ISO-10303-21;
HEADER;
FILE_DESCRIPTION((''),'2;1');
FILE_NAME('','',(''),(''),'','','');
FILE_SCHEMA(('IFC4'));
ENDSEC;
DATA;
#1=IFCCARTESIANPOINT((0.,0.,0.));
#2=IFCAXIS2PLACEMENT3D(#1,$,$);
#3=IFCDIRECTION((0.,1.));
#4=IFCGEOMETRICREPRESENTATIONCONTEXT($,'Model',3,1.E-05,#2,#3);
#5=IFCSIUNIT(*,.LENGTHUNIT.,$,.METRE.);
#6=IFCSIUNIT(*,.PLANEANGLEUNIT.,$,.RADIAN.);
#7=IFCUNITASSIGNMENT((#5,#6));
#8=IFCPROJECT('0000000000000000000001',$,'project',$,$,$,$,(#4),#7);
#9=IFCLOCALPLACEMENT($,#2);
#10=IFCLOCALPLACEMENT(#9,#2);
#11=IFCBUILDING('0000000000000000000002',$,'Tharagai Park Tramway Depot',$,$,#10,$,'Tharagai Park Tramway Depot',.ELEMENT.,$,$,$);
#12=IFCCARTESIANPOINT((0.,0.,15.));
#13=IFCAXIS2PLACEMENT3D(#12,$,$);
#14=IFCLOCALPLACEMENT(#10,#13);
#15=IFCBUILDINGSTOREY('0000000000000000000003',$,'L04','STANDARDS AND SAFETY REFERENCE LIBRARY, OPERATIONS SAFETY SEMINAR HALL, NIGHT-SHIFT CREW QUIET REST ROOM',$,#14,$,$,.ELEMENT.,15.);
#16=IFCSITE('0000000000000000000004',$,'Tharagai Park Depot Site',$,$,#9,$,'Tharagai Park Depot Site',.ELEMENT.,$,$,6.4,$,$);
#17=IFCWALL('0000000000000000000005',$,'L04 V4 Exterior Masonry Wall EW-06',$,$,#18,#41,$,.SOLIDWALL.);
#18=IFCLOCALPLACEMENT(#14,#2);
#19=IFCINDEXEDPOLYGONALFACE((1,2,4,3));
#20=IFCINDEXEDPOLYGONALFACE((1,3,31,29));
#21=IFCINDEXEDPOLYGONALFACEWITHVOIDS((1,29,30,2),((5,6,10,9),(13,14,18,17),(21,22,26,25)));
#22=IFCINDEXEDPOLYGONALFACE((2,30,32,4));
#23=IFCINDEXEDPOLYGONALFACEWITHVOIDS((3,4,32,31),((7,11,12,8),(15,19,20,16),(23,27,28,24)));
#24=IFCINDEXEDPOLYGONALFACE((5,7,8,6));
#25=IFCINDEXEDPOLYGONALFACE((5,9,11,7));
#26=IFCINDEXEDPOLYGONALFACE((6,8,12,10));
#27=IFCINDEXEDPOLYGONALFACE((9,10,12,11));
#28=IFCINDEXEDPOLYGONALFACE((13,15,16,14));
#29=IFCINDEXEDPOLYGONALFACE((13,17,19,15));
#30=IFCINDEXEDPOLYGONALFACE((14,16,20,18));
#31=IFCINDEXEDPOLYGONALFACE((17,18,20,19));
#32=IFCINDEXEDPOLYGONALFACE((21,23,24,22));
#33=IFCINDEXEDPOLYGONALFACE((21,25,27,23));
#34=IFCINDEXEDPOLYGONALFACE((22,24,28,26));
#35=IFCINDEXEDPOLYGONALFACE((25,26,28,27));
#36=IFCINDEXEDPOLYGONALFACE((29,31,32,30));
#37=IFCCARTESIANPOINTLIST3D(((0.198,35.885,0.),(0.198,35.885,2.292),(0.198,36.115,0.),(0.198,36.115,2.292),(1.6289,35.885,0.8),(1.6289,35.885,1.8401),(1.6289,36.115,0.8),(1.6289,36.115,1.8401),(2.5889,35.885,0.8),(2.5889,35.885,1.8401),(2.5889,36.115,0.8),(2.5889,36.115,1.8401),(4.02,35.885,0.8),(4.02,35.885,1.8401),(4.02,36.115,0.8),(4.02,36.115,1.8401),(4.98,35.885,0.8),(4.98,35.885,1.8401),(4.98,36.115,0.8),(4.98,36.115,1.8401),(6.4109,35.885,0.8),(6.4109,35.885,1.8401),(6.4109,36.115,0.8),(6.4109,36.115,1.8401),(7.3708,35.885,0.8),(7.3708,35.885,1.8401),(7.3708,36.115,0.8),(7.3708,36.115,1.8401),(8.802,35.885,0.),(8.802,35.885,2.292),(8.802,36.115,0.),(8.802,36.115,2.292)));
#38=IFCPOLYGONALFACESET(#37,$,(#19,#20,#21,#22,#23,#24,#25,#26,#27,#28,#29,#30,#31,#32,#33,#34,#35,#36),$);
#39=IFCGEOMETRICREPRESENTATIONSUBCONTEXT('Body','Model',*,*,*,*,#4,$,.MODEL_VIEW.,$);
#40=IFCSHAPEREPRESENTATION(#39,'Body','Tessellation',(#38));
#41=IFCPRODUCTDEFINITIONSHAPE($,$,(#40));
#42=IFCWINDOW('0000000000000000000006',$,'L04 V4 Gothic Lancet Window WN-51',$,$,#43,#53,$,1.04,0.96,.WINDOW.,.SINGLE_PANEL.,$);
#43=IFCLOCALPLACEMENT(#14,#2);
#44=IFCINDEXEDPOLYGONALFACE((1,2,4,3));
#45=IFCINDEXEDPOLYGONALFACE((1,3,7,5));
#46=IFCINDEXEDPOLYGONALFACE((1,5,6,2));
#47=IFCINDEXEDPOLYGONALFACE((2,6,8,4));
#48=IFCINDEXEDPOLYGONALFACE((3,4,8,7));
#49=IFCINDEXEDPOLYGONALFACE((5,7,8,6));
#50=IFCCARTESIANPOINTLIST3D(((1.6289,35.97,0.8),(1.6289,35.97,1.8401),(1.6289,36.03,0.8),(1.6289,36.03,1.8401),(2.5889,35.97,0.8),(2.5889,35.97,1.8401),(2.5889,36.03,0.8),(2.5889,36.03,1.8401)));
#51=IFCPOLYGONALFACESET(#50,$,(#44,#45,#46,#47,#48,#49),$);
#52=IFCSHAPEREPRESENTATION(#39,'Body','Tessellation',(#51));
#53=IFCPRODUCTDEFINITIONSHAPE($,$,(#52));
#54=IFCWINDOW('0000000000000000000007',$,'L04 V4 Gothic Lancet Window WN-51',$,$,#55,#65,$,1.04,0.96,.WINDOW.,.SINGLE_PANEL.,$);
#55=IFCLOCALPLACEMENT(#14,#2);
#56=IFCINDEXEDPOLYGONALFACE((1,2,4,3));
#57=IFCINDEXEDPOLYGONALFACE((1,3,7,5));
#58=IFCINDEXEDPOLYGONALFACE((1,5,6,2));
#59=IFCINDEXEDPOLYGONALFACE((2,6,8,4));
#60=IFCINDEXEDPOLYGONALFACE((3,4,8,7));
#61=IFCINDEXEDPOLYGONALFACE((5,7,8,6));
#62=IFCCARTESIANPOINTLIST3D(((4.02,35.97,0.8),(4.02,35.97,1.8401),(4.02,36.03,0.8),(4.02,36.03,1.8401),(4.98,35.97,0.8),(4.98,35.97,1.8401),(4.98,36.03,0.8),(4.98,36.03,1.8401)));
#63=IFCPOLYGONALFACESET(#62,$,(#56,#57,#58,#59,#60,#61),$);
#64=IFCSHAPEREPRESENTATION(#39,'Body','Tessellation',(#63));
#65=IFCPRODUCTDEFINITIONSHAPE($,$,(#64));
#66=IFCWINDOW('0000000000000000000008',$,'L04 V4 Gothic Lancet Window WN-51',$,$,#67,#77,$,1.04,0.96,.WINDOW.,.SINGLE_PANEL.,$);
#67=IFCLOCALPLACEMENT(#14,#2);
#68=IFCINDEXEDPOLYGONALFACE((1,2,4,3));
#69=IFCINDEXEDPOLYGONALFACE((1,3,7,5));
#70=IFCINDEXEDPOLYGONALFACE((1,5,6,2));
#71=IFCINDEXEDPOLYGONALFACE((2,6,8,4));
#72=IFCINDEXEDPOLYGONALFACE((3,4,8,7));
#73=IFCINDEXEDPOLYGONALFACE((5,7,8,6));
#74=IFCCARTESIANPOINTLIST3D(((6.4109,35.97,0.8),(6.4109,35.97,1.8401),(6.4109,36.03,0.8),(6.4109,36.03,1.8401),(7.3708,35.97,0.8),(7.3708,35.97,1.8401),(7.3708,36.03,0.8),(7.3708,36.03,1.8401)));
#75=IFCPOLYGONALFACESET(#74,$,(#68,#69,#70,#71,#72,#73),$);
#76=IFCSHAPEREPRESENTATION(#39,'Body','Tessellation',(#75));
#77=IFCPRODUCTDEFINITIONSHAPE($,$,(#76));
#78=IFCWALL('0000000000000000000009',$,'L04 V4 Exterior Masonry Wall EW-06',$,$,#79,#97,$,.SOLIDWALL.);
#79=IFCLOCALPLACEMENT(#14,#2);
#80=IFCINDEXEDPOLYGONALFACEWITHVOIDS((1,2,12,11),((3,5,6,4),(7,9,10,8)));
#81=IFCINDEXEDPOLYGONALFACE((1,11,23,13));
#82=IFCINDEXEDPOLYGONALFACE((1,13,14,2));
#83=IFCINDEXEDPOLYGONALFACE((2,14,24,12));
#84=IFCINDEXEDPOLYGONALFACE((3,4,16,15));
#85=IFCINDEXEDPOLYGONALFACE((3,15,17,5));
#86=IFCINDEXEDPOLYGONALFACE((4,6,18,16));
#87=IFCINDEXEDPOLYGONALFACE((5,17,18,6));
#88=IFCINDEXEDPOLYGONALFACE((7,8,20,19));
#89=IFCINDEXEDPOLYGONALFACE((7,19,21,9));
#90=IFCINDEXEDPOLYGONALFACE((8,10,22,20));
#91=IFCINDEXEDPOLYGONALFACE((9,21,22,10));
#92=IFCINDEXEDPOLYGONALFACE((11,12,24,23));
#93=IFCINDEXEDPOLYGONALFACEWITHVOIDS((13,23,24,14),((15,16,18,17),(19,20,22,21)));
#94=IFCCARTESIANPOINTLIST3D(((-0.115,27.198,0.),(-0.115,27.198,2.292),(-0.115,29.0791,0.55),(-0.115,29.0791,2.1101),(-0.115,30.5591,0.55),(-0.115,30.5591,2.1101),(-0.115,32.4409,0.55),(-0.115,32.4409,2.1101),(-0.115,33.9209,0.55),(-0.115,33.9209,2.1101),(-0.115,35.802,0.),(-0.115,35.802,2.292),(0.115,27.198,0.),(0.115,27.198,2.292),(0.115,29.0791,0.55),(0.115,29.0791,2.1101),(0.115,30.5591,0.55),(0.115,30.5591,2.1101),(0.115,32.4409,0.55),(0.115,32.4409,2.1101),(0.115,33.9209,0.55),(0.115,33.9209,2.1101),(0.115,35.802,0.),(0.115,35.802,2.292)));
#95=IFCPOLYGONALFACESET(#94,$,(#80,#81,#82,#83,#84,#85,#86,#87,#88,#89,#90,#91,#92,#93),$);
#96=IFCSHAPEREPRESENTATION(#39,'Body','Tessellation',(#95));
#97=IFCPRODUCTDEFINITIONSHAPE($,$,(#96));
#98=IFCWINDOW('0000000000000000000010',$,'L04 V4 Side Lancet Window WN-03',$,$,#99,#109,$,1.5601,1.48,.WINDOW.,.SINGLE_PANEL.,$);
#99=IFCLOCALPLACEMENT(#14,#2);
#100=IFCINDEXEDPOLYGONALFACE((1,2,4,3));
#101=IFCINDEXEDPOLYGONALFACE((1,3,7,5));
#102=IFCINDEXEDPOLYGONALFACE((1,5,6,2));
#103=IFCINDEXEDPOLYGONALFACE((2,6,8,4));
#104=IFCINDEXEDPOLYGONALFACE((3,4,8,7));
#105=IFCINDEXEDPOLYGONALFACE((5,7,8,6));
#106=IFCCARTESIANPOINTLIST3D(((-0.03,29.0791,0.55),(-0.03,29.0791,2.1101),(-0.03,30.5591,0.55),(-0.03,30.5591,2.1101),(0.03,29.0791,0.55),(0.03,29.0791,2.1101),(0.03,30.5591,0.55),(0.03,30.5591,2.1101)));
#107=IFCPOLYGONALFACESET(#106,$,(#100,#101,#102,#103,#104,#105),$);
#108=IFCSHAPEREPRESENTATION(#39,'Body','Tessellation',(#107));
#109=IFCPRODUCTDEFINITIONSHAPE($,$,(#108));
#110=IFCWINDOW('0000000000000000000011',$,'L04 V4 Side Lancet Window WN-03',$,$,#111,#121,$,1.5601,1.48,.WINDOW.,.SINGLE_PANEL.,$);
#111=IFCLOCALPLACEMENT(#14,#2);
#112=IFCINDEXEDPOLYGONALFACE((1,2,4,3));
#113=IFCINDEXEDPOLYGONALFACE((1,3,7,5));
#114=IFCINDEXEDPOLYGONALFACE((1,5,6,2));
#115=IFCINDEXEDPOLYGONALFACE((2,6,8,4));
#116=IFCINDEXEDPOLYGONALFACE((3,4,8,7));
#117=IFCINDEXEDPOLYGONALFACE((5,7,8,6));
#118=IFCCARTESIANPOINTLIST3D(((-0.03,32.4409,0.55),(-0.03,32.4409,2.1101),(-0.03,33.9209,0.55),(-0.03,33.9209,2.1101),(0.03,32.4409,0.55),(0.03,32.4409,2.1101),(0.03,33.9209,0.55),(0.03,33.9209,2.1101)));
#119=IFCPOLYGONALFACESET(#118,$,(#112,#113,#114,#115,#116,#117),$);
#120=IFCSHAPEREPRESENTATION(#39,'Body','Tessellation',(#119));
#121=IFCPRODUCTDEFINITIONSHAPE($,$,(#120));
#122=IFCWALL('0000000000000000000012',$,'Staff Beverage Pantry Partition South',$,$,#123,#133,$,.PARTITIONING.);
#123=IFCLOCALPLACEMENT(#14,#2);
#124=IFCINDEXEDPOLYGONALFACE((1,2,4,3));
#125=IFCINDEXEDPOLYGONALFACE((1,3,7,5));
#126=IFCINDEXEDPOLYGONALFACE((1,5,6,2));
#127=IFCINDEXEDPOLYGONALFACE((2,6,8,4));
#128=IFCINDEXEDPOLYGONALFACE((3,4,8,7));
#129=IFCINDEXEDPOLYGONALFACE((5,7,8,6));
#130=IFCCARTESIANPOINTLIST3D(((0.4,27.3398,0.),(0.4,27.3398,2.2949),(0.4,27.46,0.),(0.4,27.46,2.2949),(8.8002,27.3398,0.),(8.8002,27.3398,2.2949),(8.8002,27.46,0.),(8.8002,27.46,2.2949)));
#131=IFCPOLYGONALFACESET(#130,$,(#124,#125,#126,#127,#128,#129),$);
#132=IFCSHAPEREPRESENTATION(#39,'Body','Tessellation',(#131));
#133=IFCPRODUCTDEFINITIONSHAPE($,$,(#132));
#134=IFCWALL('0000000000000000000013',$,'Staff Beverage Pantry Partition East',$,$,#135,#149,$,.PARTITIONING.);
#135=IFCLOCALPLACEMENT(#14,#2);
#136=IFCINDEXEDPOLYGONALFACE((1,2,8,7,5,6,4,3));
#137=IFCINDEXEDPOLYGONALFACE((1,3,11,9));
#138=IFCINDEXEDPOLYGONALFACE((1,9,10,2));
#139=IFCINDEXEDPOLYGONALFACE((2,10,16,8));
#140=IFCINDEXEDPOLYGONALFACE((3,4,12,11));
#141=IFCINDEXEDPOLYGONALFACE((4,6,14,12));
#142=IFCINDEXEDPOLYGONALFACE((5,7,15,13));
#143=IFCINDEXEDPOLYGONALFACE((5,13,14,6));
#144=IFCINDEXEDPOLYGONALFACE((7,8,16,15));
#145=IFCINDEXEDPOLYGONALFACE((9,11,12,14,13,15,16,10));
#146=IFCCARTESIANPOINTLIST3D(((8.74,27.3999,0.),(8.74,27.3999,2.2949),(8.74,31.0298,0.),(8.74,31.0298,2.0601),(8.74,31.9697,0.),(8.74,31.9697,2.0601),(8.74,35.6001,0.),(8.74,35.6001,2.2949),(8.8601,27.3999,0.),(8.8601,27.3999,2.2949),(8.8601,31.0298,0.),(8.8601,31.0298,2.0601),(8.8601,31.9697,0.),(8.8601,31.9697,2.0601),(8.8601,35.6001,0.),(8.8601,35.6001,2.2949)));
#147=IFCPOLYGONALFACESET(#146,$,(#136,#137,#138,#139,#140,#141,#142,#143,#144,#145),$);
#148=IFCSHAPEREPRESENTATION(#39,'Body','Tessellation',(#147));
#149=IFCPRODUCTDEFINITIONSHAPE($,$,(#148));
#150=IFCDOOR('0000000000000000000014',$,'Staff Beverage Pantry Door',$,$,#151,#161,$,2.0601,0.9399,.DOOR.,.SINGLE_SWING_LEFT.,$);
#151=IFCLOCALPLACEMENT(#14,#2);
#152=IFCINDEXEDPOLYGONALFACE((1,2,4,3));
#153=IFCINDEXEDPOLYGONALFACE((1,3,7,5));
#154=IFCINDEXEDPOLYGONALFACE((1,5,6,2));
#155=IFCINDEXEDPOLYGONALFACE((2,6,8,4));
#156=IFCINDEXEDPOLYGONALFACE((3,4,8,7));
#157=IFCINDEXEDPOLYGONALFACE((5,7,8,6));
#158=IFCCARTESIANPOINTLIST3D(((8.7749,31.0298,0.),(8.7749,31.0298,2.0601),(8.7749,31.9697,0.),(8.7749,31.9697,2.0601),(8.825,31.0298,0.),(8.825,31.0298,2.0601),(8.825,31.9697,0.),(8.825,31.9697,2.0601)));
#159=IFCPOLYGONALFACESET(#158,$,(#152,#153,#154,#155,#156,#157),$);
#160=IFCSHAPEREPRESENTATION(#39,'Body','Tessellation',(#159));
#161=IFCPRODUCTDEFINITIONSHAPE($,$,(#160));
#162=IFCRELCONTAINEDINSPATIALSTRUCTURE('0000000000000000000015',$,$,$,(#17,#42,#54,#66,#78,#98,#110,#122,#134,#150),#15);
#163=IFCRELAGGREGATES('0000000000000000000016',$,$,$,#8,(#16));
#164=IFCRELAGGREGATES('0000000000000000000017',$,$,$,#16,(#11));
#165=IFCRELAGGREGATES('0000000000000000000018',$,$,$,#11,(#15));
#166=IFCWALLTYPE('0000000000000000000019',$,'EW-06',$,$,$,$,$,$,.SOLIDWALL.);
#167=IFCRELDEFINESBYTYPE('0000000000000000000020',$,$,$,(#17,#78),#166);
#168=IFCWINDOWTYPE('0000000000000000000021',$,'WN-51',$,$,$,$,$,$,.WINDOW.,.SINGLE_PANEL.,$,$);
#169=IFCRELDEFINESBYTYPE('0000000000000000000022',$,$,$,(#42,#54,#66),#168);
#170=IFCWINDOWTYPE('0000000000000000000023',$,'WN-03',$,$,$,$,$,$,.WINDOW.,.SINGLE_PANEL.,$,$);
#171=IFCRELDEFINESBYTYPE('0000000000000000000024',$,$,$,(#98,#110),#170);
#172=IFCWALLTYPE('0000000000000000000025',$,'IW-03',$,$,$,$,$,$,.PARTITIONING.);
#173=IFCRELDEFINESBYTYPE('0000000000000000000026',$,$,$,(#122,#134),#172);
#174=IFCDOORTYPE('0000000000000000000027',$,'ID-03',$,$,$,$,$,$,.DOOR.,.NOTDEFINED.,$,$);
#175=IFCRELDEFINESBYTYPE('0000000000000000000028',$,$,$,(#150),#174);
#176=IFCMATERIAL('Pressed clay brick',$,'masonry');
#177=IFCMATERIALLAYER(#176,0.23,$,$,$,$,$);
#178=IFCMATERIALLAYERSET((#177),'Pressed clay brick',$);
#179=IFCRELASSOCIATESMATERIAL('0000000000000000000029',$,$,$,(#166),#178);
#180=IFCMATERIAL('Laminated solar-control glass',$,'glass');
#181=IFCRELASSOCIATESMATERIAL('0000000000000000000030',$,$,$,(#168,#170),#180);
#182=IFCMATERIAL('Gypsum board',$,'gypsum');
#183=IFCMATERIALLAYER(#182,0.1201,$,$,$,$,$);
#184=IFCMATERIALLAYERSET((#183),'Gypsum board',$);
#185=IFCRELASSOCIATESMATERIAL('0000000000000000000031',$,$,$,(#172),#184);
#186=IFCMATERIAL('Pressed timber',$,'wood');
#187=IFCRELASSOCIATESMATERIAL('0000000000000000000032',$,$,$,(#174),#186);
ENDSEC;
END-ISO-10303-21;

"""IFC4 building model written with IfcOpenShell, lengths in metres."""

from ifc_helpers import new_model, si_unit, direction, frame, frame_2d, origin, place, context, subcontext, project, spatial, rectangle, extrude, material, layer, layer_set, type_object, element, fill, save


model = new_model("IFC4")

# Units and contexts
model_context = context("Model", 3, precision=1e-05, world=origin(), true_north=direction((0.0, 1.0)))
body_context = subcontext(model_context, "Body", "Model", "MODEL_VIEW")
ifc_project = project(units=[si_unit("LENGTHUNIT", "METRE"), si_unit("PLANEANGLEUNIT", "RADIAN")], contexts=[model_context])

# Site, building, storey
site_placement = place(None, origin())
site = spatial("IfcSite", under=ifc_project, at=site_placement, Name="Tharagai Park Depot Site", LongName="Tharagai Park Depot Site", CompositionType="ELEMENT", RefElevation=6.4)
building_placement = place(site_placement, origin())
building = spatial("IfcBuilding", under=site, at=building_placement, Name="Tharagai Park Tramway Depot", LongName="Tharagai Park Tramway Depot", CompositionType="ELEMENT")
storey_placement = place(building_placement, frame((0.0, 0.0, 15.0)))
storey = spatial("IfcBuildingStorey", under=building, at=storey_placement, Name="L04", Description="STANDARDS AND SAFETY REFERENCE LIBRARY, OPERATIONS SAFETY SEMINAR HALL, NIGHT-SHIFT CREW QUIET REST ROOM", CompositionType="ELEMENT", Elevation=15.0)

# Walls, openings, windows
ifc_material_1 = material(Name="Pressed clay brick", Category="masonry")
ifc_layer_1 = layer(ifc_material_1, 0.23)
ifc_layer_set_1 = layer_set([ifc_layer_1], Name="Pressed clay brick")
wall_type_1 = type_object("IfcWallType", Name="EW-06", PredefinedType="SOLIDWALL", material=ifc_layer_set_1)
wall_1_placement = place(storey_placement, frame((0.198, 36.0, 0.0), z_axis=(0.0, 0.0, 1.0), x_axis=(1.0, 0.0, 0.0)))
wall_1 = element("IfcWall", 1, at=wall_1_placement, inside=storey, type_object=wall_type_1, Name="L04 V4 Exterior Masonry Wall EW-06", PredefinedType="SOLIDWALL", context=body_context, shape_type="SweptSolid", body=[
    extrude(rectangle(XDim=8.604, YDim=0.23, at=frame_2d((4.302, 0.0))), origin(), (0.0, 0.0, 1.0), 2.292),
])
opening_1_placement = place(wall_1_placement, frame((1.4309, 0.0, 0.8)))
opening_1 = element("IfcOpeningElement", 2, at=opening_1_placement, cuts=wall_1, PredefinedType="OPENING", context=body_context, shape_type="SweptSolid", body=[
    extrude(rectangle(XDim=0.96, YDim=1.04, at=frame_2d((0.48, 0.52))), frame((0.0, 0.125, 0.0), z_axis=(0.0, -1.0, 0.0), x_axis=(1.0, 0.0, 0.0)), (0.0, 0.0, 1.0), 0.25),
])
opening_2_placement = place(wall_1_placement, frame((3.822, 0.0, 0.8)))
opening_2 = element("IfcOpeningElement", 3, at=opening_2_placement, cuts=wall_1, PredefinedType="OPENING", context=body_context, shape_type="SweptSolid", body=[
    extrude(rectangle(XDim=0.96, YDim=1.04, at=frame_2d((0.48, 0.52))), frame((0.0, 0.125, 0.0), z_axis=(0.0, -1.0, 0.0), x_axis=(1.0, 0.0, 0.0)), (0.0, 0.0, 1.0), 0.25),
])
opening_3_placement = place(wall_1_placement, frame((6.2129, 0.0, 0.8)))
opening_3 = element("IfcOpeningElement", 4, at=opening_3_placement, cuts=wall_1, PredefinedType="OPENING", context=body_context, shape_type="SweptSolid", body=[
    extrude(rectangle(XDim=0.96, YDim=1.04, at=frame_2d((0.48, 0.52))), frame((0.0, 0.125, 0.0), z_axis=(0.0, -1.0, 0.0), x_axis=(1.0, 0.0, 0.0)), (0.0, 0.0, 1.0), 0.25),
])
ifc_material_2 = material(Name="Laminated solar-control glass", Category="glass")
window_type_1 = type_object("IfcWindowType", Name="WN-51", PartitioningType="SINGLE_PANEL", PredefinedType="WINDOW", material=ifc_material_2)
window_1_placement = place(opening_1_placement, origin())
window_1 = element("IfcWindow", 5, at=window_1_placement, inside=storey, type_object=window_type_1, Name="L04 V4 Gothic Lancet Window WN-51", OverallHeight=1.04, OverallWidth=0.96, PartitioningType="SINGLE_PANEL", PredefinedType="WINDOW", context=body_context, shape_type="SweptSolid", body=[
    extrude(rectangle(XDim=0.96, YDim=1.04, at=frame_2d((0.48, 0.52))), frame((0.0, 0.03, 0.0), z_axis=(0.0, -1.0, 0.0), x_axis=(1.0, 0.0, 0.0)), (0.0, 0.0, 1.0), 0.0601),
])
fill(opening_1, window_1)
window_2_placement = place(opening_2_placement, origin())
window_2 = element("IfcWindow", 6, at=window_2_placement, inside=storey, type_object=window_type_1, Name="L04 V4 Gothic Lancet Window WN-51", OverallHeight=1.04, OverallWidth=0.96, PartitioningType="SINGLE_PANEL", PredefinedType="WINDOW", context=body_context, shape_type="SweptSolid", body=[
    extrude(rectangle(XDim=0.96, YDim=1.04, at=frame_2d((0.48, 0.52))), frame((0.0, 0.03, 0.0), z_axis=(0.0, -1.0, 0.0), x_axis=(1.0, 0.0, 0.0)), (0.0, 0.0, 1.0), 0.0601),
])
fill(opening_2, window_2)
window_3_placement = place(opening_3_placement, origin())
window_3 = element("IfcWindow", 7, at=window_3_placement, inside=storey, type_object=window_type_1, Name="L04 V4 Gothic Lancet Window WN-51", OverallHeight=1.04, OverallWidth=0.96, PartitioningType="SINGLE_PANEL", PredefinedType="WINDOW", context=body_context, shape_type="SweptSolid", body=[
    extrude(rectangle(XDim=0.96, YDim=1.04, at=frame_2d((0.48, 0.52))), frame((0.0, 0.03, 0.0), z_axis=(0.0, -1.0, 0.0), x_axis=(1.0, 0.0, 0.0)), (0.0, 0.0, 1.0), 0.0601),
])
fill(opening_3, window_3)
wall_2_placement = place(storey_placement, frame((0.0, 27.198, 0.0), z_axis=(0.0, 0.0, 1.0), x_axis=(0.0, 1.0, 0.0)))
wall_2 = element("IfcWall", 8, at=wall_2_placement, inside=storey, type_object=wall_type_1, Name="L04 V4 Exterior Masonry Wall EW-06", PredefinedType="SOLIDWALL", context=body_context, shape_type="SweptSolid", body=[
    extrude(rectangle(XDim=8.604, YDim=0.23, at=frame_2d((4.302, 0.0))), origin(), (0.0, 0.0, 1.0), 2.292),
])
opening_4_placement = place(wall_2_placement, frame((1.8811, 0.0, 0.55)))
opening_4 = element("IfcOpeningElement", 9, at=opening_4_placement, cuts=wall_2, PredefinedType="OPENING", context=body_context, shape_type="SweptSolid", body=[
    extrude(rectangle(XDim=1.48, YDim=1.5601, at=frame_2d((0.74, 0.78))), frame((0.0, 0.125, 0.0), z_axis=(0.0, -1.0, 0.0), x_axis=(1.0, 0.0, 0.0)), (0.0, 0.0, 1.0), 0.25),
])
opening_5_placement = place(wall_2_placement, frame((5.2429, 0.0, 0.55)))
opening_5 = element("IfcOpeningElement", 10, at=opening_5_placement, cuts=wall_2, PredefinedType="OPENING", context=body_context, shape_type="SweptSolid", body=[
    extrude(rectangle(XDim=1.48, YDim=1.5601, at=frame_2d((0.74, 0.78))), frame((0.0, 0.125, 0.0), z_axis=(0.0, -1.0, 0.0), x_axis=(1.0, 0.0, 0.0)), (0.0, 0.0, 1.0), 0.25),
])
window_type_2 = type_object("IfcWindowType", Name="WN-03", PartitioningType="SINGLE_PANEL", PredefinedType="WINDOW", material=ifc_material_2)
window_4_placement = place(opening_4_placement, origin())
window_4 = element("IfcWindow", 11, at=window_4_placement, inside=storey, type_object=window_type_2, Name="L04 V4 Side Lancet Window WN-03", OverallHeight=1.5601, OverallWidth=1.48, PartitioningType="SINGLE_PANEL", PredefinedType="WINDOW", context=body_context, shape_type="SweptSolid", body=[
    extrude(rectangle(XDim=1.48, YDim=1.5601, at=frame_2d((0.74, 0.78))), frame((0.0, 0.03, 0.0), z_axis=(0.0, -1.0, 0.0), x_axis=(1.0, 0.0, 0.0)), (0.0, 0.0, 1.0), 0.0601),
])
fill(opening_4, window_4)
window_5_placement = place(opening_5_placement, origin())
window_5 = element("IfcWindow", 12, at=window_5_placement, inside=storey, type_object=window_type_2, Name="L04 V4 Side Lancet Window WN-03", OverallHeight=1.5601, OverallWidth=1.48, PartitioningType="SINGLE_PANEL", PredefinedType="WINDOW", context=body_context, shape_type="SweptSolid", body=[
    extrude(rectangle(XDim=1.48, YDim=1.5601, at=frame_2d((0.74, 0.78))), frame((0.0, 0.03, 0.0), z_axis=(0.0, -1.0, 0.0), x_axis=(1.0, 0.0, 0.0)), (0.0, 0.0, 1.0), 0.0601),
])
fill(opening_5, window_5)

# Wall
ifc_material_3 = material(Name="Gypsum board", Category="gypsum")
ifc_layer_2 = layer(ifc_material_3, 0.1201)
ifc_layer_set_2 = layer_set([ifc_layer_2], Name="Gypsum board")
wall_type_2 = type_object("IfcWallType", Name="IW-03", PredefinedType="PARTITIONING", material=ifc_layer_set_2)
wall_3_placement = place(storey_placement, frame((0.3999, 27.3999, 0.0), z_axis=(0.0, 0.0, 1.0), x_axis=(1.0, 0.0, 0.0)))
element("IfcWall", 13, at=wall_3_placement, inside=storey, type_object=wall_type_2, Name="Staff Beverage Pantry Partition South", PredefinedType="PARTITIONING", context=body_context, shape_type="SweptSolid", body=[
    extrude(rectangle(XDim=8.4001, YDim=0.1201, at=frame_2d((4.2002, 0.0))), origin(), (0.0, 0.0, 1.0), 2.2949),
])

# Wall, opening, door
wall_4_placement = place(storey_placement, frame((8.8, 27.3999, 0.0), z_axis=(0.0, 0.0, 1.0), x_axis=(0.0, 1.0, 0.0)))
wall_4 = element("IfcWall", 14, at=wall_4_placement, inside=storey, type_object=wall_type_2, Name="Staff Beverage Pantry Partition East", PredefinedType="PARTITIONING", context=body_context, shape_type="SweptSolid", body=[
    extrude(rectangle(XDim=8.2002, YDim=0.1201, at=frame_2d((4.1001, 0.0))), origin(), (0.0, 0.0, 1.0), 2.2949),
])
opening_6_placement = place(wall_4_placement, frame((3.6299, 0.0, 0.0)))
opening_6 = element("IfcOpeningElement", 15, at=opening_6_placement, cuts=wall_4, PredefinedType="OPENING", context=body_context, shape_type="SweptSolid", body=[
    extrude(rectangle(XDim=0.9399, YDim=2.0601, at=frame_2d((0.47, 1.03))), frame((0.0, 0.0701, 0.0), z_axis=(0.0, -1.0, 0.0), x_axis=(1.0, 0.0, 0.0)), (0.0, 0.0, 1.0), 0.1401),
])
ifc_material_4 = material(Name="Pressed timber", Category="wood")
door_type = type_object("IfcDoorType", Name="ID-03", OperationType="NOTDEFINED", PredefinedType="DOOR", material=ifc_material_4)
door_placement = place(opening_6_placement, frame((0.9399, 0.0, 0.0), z_axis=(0.0, 0.0, 1.0), x_axis=(-1.0, 0.0, 0.0)))
door = element("IfcDoor", 16, at=door_placement, inside=storey, type_object=door_type, Name="Staff Beverage Pantry Door", OperationType="SINGLE_SWING_LEFT", OverallHeight=2.0601, OverallWidth=0.9399, PredefinedType="DOOR", context=body_context, shape_type="SweptSolid", body=[
    extrude(rectangle(XDim=0.9399, YDim=2.0601, at=frame_2d((0.47, 1.03))), frame((0.0, 0.0249, 0.0), z_axis=(0.0, -1.0, 0.0), x_axis=(1.0, 0.0, 0.0)), (0.0, 0.0, 1.0), 0.05),
])
fill(opening_6, door)

save(model, "model.ifc")
